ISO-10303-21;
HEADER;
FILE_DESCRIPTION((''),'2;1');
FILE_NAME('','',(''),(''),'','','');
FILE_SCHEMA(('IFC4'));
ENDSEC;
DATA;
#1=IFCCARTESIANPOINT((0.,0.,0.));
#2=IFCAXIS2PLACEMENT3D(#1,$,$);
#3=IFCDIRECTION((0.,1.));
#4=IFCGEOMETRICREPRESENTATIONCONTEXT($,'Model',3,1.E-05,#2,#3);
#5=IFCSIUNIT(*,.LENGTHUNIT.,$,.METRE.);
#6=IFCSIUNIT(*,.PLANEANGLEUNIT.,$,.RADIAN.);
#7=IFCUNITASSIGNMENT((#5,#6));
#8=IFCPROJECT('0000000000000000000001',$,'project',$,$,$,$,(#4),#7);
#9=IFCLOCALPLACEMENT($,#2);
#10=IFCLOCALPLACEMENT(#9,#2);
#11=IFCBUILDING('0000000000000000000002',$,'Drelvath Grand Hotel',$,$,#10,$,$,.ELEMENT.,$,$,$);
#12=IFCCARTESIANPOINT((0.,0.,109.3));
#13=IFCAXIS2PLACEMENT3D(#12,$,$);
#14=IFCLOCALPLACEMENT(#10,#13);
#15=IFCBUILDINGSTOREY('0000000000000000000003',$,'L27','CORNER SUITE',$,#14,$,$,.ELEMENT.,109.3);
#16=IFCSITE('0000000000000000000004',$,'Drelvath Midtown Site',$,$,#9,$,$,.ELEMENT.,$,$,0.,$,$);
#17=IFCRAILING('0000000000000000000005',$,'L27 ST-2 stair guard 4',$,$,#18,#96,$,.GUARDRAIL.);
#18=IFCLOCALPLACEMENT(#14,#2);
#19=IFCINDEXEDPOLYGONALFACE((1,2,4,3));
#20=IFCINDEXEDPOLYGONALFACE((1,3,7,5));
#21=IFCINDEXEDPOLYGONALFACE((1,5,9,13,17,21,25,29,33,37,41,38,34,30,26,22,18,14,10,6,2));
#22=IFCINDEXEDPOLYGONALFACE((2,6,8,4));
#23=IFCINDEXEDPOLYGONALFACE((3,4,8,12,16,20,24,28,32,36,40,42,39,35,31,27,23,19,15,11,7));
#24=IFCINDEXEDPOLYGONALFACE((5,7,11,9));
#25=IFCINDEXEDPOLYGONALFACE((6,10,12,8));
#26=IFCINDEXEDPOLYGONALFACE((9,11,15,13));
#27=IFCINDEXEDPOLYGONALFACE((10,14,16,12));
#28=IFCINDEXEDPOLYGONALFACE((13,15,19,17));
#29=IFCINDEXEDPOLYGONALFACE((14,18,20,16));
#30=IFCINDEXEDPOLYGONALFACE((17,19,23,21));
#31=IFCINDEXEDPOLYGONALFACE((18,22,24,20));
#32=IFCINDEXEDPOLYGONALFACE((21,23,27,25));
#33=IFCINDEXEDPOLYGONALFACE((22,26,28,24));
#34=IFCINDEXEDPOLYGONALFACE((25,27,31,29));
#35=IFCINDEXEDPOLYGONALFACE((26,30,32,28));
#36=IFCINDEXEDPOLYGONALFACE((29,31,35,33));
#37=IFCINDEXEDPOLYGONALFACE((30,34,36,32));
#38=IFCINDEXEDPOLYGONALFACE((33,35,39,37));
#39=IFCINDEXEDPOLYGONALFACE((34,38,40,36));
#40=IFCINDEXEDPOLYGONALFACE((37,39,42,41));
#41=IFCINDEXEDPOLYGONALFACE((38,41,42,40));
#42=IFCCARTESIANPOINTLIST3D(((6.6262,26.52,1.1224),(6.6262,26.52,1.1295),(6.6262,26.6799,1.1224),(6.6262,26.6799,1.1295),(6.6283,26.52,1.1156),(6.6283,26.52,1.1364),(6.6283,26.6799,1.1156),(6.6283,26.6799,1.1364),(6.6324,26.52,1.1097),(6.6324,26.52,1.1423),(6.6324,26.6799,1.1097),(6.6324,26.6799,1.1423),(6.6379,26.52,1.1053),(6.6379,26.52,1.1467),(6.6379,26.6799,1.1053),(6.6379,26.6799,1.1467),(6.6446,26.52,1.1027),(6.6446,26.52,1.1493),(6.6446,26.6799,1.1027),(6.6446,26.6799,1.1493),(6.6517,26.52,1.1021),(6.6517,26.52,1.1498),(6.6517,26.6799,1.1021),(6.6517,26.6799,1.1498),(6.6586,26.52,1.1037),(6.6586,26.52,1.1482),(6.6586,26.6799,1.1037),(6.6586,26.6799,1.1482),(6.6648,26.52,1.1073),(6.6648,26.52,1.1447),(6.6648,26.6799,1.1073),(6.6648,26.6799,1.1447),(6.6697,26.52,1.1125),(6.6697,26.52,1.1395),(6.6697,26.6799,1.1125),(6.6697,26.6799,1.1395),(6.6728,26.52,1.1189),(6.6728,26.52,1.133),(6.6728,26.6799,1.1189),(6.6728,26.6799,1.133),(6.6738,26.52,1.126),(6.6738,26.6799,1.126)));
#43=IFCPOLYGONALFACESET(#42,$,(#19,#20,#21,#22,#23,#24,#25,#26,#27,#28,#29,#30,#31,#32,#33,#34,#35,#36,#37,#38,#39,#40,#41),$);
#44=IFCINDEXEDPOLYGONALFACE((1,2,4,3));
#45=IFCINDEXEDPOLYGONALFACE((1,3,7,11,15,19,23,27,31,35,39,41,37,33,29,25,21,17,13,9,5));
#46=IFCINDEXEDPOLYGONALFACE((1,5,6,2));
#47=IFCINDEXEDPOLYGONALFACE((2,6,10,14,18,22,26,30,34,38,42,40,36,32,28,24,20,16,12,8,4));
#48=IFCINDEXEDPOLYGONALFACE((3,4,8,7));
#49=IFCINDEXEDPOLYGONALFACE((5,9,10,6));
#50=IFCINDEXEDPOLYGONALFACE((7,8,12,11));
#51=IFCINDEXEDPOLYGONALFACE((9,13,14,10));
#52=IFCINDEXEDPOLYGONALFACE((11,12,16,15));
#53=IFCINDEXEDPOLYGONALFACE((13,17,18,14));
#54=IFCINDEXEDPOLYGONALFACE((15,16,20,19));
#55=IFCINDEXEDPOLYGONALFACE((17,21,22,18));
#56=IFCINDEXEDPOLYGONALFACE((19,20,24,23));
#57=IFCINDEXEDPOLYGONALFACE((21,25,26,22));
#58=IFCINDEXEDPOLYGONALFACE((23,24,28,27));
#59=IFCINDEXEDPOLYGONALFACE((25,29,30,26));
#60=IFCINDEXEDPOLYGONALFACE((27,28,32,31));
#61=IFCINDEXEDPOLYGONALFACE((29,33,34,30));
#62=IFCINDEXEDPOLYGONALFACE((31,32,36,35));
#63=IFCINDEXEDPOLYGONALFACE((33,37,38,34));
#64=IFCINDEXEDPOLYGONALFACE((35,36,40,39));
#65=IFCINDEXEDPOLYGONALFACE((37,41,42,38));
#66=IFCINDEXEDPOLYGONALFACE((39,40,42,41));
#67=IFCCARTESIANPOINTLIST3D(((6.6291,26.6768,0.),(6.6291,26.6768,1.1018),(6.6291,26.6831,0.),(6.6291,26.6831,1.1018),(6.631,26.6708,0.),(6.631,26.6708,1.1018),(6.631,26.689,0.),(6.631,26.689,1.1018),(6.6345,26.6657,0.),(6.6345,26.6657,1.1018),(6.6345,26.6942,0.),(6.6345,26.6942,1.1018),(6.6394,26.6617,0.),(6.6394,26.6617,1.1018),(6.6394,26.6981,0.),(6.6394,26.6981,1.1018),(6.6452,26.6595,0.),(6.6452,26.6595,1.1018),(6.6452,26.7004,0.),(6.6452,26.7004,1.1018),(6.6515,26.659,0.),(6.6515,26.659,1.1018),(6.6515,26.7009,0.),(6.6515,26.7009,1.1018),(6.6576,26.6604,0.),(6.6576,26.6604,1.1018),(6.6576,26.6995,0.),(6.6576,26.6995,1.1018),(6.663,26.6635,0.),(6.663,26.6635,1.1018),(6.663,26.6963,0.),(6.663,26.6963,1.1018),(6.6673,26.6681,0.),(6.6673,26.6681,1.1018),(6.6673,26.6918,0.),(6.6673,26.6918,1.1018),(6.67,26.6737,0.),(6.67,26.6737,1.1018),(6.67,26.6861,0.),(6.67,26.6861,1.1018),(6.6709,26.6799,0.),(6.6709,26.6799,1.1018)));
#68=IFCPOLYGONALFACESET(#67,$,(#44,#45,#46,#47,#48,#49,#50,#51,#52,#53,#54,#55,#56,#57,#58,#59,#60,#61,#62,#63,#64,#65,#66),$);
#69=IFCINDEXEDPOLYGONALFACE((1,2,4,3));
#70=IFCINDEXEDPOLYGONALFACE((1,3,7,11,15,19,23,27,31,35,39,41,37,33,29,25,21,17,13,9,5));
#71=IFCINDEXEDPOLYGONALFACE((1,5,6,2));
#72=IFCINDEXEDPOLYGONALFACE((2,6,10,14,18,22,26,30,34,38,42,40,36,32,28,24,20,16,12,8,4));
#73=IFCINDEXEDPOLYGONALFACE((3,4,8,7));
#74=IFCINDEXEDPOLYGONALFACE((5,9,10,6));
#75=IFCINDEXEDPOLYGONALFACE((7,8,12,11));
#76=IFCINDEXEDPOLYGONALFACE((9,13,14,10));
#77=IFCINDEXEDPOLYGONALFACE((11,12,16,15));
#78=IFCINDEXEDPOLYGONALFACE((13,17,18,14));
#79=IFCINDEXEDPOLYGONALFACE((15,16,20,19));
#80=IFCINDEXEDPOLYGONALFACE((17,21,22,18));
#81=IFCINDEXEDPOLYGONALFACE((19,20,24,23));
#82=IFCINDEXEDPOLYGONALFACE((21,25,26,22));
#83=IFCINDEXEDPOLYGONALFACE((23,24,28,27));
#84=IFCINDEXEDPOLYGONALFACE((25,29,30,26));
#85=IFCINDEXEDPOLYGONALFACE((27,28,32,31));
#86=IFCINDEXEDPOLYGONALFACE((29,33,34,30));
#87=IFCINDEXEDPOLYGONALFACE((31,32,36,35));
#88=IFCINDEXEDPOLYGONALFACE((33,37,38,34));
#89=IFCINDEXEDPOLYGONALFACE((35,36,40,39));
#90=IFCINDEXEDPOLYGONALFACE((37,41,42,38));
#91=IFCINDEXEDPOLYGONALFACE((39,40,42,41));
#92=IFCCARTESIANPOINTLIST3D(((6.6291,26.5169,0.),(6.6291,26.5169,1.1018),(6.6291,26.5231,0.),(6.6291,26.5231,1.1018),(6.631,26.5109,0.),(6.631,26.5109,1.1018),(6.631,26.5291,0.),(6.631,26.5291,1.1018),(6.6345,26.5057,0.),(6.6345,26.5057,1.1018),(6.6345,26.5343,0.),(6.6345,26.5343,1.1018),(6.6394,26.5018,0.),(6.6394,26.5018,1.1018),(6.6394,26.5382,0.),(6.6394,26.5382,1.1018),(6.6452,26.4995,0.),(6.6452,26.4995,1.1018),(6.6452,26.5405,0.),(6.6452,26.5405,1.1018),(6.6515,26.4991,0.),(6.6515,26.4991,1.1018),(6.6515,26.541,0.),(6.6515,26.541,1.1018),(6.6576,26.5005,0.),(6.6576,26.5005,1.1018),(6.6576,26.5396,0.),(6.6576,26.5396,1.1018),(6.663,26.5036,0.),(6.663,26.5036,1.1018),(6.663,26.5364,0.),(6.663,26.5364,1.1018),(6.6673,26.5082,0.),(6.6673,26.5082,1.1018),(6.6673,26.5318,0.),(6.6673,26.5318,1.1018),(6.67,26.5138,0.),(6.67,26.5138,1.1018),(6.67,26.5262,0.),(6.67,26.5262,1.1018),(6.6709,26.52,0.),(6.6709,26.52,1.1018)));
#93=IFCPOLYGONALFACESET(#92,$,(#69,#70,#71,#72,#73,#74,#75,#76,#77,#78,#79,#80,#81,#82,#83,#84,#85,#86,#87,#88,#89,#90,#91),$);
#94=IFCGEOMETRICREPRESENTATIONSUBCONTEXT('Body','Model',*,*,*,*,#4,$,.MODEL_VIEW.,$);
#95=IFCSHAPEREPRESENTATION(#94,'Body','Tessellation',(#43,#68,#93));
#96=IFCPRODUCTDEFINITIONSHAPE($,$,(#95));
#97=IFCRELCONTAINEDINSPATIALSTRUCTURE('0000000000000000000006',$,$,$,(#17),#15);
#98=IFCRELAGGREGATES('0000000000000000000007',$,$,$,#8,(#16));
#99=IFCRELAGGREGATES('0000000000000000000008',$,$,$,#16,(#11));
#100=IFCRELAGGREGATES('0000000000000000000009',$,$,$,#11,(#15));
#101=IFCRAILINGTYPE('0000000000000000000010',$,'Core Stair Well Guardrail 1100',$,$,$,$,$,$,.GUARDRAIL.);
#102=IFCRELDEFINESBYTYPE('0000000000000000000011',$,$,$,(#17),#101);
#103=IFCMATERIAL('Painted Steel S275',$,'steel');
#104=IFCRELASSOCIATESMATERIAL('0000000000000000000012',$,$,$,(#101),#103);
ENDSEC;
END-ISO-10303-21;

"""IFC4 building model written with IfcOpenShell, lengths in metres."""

from ifc_helpers import new_model, si_unit, direction, frame, origin, origin_2d, place, context, subcontext, project, spatial, circle, extrude, material, type_object, element, save


model = new_model("IFC4")

# Units and contexts
model_context = context("Model", 3, precision=1e-05, world=origin(), true_north=direction((0.0, 1.0)))
body_context = subcontext(model_context, "Body", "Model", "MODEL_VIEW")
ifc_project = project(units=[si_unit("LENGTHUNIT", "METRE"), si_unit("PLANEANGLEUNIT", "RADIAN")], contexts=[model_context])

# Site, building, storey
site_placement = place(None, origin())
site = spatial("IfcSite", under=ifc_project, at=site_placement, Name="Drelvath Midtown Site", CompositionType="ELEMENT", RefElevation=0.0)
building_placement = place(site_placement, origin())
building = spatial("IfcBuilding", under=site, at=building_placement, Name="Drelvath Grand Hotel", CompositionType="ELEMENT")
storey_placement = place(building_placement, frame((0.0, 0.0, 109.3)))
storey = spatial("IfcBuildingStorey", under=building, at=storey_placement, Name="L27", Description="CORNER SUITE", CompositionType="ELEMENT", Elevation=109.3)

# Railing
ifc_material_1 = material(Name="Painted Steel S275", Category="steel")
railing_type_1 = type_object("IfcRailingType", Name="Core Stair Well Guardrail 1100", PredefinedType="GUARDRAIL", material=ifc_material_1)
railing_1_placement = place(storey_placement, frame((6.6499, 26.6799, 0.0)))
element("IfcRailing", 1, at=railing_1_placement, inside=storey, type_object=railing_type_1, Name="L27 ST-2 stair guard 4", PredefinedType="GUARDRAIL", context=body_context, shape_type="SweptSolid", body=[
    extrude(circle(Radius=0.0239, at=origin_2d()), frame((0.0, 0.0, 1.126), z_axis=(0.0, -1.0, 0.0), x_axis=(1.0, 0.0, 0.0)), (0.0, 0.0, 1.0), 0.1599),
    extrude(circle(Radius=0.021, at=origin_2d()), origin(), (0.0, 0.0, 1.0), 1.1018),
    extrude(circle(Radius=0.021, at=origin_2d()), frame((0.0, -0.1599, 0.0)), (0.0, 0.0, 1.0), 1.1018),
])

save(model, "model.ifc")
